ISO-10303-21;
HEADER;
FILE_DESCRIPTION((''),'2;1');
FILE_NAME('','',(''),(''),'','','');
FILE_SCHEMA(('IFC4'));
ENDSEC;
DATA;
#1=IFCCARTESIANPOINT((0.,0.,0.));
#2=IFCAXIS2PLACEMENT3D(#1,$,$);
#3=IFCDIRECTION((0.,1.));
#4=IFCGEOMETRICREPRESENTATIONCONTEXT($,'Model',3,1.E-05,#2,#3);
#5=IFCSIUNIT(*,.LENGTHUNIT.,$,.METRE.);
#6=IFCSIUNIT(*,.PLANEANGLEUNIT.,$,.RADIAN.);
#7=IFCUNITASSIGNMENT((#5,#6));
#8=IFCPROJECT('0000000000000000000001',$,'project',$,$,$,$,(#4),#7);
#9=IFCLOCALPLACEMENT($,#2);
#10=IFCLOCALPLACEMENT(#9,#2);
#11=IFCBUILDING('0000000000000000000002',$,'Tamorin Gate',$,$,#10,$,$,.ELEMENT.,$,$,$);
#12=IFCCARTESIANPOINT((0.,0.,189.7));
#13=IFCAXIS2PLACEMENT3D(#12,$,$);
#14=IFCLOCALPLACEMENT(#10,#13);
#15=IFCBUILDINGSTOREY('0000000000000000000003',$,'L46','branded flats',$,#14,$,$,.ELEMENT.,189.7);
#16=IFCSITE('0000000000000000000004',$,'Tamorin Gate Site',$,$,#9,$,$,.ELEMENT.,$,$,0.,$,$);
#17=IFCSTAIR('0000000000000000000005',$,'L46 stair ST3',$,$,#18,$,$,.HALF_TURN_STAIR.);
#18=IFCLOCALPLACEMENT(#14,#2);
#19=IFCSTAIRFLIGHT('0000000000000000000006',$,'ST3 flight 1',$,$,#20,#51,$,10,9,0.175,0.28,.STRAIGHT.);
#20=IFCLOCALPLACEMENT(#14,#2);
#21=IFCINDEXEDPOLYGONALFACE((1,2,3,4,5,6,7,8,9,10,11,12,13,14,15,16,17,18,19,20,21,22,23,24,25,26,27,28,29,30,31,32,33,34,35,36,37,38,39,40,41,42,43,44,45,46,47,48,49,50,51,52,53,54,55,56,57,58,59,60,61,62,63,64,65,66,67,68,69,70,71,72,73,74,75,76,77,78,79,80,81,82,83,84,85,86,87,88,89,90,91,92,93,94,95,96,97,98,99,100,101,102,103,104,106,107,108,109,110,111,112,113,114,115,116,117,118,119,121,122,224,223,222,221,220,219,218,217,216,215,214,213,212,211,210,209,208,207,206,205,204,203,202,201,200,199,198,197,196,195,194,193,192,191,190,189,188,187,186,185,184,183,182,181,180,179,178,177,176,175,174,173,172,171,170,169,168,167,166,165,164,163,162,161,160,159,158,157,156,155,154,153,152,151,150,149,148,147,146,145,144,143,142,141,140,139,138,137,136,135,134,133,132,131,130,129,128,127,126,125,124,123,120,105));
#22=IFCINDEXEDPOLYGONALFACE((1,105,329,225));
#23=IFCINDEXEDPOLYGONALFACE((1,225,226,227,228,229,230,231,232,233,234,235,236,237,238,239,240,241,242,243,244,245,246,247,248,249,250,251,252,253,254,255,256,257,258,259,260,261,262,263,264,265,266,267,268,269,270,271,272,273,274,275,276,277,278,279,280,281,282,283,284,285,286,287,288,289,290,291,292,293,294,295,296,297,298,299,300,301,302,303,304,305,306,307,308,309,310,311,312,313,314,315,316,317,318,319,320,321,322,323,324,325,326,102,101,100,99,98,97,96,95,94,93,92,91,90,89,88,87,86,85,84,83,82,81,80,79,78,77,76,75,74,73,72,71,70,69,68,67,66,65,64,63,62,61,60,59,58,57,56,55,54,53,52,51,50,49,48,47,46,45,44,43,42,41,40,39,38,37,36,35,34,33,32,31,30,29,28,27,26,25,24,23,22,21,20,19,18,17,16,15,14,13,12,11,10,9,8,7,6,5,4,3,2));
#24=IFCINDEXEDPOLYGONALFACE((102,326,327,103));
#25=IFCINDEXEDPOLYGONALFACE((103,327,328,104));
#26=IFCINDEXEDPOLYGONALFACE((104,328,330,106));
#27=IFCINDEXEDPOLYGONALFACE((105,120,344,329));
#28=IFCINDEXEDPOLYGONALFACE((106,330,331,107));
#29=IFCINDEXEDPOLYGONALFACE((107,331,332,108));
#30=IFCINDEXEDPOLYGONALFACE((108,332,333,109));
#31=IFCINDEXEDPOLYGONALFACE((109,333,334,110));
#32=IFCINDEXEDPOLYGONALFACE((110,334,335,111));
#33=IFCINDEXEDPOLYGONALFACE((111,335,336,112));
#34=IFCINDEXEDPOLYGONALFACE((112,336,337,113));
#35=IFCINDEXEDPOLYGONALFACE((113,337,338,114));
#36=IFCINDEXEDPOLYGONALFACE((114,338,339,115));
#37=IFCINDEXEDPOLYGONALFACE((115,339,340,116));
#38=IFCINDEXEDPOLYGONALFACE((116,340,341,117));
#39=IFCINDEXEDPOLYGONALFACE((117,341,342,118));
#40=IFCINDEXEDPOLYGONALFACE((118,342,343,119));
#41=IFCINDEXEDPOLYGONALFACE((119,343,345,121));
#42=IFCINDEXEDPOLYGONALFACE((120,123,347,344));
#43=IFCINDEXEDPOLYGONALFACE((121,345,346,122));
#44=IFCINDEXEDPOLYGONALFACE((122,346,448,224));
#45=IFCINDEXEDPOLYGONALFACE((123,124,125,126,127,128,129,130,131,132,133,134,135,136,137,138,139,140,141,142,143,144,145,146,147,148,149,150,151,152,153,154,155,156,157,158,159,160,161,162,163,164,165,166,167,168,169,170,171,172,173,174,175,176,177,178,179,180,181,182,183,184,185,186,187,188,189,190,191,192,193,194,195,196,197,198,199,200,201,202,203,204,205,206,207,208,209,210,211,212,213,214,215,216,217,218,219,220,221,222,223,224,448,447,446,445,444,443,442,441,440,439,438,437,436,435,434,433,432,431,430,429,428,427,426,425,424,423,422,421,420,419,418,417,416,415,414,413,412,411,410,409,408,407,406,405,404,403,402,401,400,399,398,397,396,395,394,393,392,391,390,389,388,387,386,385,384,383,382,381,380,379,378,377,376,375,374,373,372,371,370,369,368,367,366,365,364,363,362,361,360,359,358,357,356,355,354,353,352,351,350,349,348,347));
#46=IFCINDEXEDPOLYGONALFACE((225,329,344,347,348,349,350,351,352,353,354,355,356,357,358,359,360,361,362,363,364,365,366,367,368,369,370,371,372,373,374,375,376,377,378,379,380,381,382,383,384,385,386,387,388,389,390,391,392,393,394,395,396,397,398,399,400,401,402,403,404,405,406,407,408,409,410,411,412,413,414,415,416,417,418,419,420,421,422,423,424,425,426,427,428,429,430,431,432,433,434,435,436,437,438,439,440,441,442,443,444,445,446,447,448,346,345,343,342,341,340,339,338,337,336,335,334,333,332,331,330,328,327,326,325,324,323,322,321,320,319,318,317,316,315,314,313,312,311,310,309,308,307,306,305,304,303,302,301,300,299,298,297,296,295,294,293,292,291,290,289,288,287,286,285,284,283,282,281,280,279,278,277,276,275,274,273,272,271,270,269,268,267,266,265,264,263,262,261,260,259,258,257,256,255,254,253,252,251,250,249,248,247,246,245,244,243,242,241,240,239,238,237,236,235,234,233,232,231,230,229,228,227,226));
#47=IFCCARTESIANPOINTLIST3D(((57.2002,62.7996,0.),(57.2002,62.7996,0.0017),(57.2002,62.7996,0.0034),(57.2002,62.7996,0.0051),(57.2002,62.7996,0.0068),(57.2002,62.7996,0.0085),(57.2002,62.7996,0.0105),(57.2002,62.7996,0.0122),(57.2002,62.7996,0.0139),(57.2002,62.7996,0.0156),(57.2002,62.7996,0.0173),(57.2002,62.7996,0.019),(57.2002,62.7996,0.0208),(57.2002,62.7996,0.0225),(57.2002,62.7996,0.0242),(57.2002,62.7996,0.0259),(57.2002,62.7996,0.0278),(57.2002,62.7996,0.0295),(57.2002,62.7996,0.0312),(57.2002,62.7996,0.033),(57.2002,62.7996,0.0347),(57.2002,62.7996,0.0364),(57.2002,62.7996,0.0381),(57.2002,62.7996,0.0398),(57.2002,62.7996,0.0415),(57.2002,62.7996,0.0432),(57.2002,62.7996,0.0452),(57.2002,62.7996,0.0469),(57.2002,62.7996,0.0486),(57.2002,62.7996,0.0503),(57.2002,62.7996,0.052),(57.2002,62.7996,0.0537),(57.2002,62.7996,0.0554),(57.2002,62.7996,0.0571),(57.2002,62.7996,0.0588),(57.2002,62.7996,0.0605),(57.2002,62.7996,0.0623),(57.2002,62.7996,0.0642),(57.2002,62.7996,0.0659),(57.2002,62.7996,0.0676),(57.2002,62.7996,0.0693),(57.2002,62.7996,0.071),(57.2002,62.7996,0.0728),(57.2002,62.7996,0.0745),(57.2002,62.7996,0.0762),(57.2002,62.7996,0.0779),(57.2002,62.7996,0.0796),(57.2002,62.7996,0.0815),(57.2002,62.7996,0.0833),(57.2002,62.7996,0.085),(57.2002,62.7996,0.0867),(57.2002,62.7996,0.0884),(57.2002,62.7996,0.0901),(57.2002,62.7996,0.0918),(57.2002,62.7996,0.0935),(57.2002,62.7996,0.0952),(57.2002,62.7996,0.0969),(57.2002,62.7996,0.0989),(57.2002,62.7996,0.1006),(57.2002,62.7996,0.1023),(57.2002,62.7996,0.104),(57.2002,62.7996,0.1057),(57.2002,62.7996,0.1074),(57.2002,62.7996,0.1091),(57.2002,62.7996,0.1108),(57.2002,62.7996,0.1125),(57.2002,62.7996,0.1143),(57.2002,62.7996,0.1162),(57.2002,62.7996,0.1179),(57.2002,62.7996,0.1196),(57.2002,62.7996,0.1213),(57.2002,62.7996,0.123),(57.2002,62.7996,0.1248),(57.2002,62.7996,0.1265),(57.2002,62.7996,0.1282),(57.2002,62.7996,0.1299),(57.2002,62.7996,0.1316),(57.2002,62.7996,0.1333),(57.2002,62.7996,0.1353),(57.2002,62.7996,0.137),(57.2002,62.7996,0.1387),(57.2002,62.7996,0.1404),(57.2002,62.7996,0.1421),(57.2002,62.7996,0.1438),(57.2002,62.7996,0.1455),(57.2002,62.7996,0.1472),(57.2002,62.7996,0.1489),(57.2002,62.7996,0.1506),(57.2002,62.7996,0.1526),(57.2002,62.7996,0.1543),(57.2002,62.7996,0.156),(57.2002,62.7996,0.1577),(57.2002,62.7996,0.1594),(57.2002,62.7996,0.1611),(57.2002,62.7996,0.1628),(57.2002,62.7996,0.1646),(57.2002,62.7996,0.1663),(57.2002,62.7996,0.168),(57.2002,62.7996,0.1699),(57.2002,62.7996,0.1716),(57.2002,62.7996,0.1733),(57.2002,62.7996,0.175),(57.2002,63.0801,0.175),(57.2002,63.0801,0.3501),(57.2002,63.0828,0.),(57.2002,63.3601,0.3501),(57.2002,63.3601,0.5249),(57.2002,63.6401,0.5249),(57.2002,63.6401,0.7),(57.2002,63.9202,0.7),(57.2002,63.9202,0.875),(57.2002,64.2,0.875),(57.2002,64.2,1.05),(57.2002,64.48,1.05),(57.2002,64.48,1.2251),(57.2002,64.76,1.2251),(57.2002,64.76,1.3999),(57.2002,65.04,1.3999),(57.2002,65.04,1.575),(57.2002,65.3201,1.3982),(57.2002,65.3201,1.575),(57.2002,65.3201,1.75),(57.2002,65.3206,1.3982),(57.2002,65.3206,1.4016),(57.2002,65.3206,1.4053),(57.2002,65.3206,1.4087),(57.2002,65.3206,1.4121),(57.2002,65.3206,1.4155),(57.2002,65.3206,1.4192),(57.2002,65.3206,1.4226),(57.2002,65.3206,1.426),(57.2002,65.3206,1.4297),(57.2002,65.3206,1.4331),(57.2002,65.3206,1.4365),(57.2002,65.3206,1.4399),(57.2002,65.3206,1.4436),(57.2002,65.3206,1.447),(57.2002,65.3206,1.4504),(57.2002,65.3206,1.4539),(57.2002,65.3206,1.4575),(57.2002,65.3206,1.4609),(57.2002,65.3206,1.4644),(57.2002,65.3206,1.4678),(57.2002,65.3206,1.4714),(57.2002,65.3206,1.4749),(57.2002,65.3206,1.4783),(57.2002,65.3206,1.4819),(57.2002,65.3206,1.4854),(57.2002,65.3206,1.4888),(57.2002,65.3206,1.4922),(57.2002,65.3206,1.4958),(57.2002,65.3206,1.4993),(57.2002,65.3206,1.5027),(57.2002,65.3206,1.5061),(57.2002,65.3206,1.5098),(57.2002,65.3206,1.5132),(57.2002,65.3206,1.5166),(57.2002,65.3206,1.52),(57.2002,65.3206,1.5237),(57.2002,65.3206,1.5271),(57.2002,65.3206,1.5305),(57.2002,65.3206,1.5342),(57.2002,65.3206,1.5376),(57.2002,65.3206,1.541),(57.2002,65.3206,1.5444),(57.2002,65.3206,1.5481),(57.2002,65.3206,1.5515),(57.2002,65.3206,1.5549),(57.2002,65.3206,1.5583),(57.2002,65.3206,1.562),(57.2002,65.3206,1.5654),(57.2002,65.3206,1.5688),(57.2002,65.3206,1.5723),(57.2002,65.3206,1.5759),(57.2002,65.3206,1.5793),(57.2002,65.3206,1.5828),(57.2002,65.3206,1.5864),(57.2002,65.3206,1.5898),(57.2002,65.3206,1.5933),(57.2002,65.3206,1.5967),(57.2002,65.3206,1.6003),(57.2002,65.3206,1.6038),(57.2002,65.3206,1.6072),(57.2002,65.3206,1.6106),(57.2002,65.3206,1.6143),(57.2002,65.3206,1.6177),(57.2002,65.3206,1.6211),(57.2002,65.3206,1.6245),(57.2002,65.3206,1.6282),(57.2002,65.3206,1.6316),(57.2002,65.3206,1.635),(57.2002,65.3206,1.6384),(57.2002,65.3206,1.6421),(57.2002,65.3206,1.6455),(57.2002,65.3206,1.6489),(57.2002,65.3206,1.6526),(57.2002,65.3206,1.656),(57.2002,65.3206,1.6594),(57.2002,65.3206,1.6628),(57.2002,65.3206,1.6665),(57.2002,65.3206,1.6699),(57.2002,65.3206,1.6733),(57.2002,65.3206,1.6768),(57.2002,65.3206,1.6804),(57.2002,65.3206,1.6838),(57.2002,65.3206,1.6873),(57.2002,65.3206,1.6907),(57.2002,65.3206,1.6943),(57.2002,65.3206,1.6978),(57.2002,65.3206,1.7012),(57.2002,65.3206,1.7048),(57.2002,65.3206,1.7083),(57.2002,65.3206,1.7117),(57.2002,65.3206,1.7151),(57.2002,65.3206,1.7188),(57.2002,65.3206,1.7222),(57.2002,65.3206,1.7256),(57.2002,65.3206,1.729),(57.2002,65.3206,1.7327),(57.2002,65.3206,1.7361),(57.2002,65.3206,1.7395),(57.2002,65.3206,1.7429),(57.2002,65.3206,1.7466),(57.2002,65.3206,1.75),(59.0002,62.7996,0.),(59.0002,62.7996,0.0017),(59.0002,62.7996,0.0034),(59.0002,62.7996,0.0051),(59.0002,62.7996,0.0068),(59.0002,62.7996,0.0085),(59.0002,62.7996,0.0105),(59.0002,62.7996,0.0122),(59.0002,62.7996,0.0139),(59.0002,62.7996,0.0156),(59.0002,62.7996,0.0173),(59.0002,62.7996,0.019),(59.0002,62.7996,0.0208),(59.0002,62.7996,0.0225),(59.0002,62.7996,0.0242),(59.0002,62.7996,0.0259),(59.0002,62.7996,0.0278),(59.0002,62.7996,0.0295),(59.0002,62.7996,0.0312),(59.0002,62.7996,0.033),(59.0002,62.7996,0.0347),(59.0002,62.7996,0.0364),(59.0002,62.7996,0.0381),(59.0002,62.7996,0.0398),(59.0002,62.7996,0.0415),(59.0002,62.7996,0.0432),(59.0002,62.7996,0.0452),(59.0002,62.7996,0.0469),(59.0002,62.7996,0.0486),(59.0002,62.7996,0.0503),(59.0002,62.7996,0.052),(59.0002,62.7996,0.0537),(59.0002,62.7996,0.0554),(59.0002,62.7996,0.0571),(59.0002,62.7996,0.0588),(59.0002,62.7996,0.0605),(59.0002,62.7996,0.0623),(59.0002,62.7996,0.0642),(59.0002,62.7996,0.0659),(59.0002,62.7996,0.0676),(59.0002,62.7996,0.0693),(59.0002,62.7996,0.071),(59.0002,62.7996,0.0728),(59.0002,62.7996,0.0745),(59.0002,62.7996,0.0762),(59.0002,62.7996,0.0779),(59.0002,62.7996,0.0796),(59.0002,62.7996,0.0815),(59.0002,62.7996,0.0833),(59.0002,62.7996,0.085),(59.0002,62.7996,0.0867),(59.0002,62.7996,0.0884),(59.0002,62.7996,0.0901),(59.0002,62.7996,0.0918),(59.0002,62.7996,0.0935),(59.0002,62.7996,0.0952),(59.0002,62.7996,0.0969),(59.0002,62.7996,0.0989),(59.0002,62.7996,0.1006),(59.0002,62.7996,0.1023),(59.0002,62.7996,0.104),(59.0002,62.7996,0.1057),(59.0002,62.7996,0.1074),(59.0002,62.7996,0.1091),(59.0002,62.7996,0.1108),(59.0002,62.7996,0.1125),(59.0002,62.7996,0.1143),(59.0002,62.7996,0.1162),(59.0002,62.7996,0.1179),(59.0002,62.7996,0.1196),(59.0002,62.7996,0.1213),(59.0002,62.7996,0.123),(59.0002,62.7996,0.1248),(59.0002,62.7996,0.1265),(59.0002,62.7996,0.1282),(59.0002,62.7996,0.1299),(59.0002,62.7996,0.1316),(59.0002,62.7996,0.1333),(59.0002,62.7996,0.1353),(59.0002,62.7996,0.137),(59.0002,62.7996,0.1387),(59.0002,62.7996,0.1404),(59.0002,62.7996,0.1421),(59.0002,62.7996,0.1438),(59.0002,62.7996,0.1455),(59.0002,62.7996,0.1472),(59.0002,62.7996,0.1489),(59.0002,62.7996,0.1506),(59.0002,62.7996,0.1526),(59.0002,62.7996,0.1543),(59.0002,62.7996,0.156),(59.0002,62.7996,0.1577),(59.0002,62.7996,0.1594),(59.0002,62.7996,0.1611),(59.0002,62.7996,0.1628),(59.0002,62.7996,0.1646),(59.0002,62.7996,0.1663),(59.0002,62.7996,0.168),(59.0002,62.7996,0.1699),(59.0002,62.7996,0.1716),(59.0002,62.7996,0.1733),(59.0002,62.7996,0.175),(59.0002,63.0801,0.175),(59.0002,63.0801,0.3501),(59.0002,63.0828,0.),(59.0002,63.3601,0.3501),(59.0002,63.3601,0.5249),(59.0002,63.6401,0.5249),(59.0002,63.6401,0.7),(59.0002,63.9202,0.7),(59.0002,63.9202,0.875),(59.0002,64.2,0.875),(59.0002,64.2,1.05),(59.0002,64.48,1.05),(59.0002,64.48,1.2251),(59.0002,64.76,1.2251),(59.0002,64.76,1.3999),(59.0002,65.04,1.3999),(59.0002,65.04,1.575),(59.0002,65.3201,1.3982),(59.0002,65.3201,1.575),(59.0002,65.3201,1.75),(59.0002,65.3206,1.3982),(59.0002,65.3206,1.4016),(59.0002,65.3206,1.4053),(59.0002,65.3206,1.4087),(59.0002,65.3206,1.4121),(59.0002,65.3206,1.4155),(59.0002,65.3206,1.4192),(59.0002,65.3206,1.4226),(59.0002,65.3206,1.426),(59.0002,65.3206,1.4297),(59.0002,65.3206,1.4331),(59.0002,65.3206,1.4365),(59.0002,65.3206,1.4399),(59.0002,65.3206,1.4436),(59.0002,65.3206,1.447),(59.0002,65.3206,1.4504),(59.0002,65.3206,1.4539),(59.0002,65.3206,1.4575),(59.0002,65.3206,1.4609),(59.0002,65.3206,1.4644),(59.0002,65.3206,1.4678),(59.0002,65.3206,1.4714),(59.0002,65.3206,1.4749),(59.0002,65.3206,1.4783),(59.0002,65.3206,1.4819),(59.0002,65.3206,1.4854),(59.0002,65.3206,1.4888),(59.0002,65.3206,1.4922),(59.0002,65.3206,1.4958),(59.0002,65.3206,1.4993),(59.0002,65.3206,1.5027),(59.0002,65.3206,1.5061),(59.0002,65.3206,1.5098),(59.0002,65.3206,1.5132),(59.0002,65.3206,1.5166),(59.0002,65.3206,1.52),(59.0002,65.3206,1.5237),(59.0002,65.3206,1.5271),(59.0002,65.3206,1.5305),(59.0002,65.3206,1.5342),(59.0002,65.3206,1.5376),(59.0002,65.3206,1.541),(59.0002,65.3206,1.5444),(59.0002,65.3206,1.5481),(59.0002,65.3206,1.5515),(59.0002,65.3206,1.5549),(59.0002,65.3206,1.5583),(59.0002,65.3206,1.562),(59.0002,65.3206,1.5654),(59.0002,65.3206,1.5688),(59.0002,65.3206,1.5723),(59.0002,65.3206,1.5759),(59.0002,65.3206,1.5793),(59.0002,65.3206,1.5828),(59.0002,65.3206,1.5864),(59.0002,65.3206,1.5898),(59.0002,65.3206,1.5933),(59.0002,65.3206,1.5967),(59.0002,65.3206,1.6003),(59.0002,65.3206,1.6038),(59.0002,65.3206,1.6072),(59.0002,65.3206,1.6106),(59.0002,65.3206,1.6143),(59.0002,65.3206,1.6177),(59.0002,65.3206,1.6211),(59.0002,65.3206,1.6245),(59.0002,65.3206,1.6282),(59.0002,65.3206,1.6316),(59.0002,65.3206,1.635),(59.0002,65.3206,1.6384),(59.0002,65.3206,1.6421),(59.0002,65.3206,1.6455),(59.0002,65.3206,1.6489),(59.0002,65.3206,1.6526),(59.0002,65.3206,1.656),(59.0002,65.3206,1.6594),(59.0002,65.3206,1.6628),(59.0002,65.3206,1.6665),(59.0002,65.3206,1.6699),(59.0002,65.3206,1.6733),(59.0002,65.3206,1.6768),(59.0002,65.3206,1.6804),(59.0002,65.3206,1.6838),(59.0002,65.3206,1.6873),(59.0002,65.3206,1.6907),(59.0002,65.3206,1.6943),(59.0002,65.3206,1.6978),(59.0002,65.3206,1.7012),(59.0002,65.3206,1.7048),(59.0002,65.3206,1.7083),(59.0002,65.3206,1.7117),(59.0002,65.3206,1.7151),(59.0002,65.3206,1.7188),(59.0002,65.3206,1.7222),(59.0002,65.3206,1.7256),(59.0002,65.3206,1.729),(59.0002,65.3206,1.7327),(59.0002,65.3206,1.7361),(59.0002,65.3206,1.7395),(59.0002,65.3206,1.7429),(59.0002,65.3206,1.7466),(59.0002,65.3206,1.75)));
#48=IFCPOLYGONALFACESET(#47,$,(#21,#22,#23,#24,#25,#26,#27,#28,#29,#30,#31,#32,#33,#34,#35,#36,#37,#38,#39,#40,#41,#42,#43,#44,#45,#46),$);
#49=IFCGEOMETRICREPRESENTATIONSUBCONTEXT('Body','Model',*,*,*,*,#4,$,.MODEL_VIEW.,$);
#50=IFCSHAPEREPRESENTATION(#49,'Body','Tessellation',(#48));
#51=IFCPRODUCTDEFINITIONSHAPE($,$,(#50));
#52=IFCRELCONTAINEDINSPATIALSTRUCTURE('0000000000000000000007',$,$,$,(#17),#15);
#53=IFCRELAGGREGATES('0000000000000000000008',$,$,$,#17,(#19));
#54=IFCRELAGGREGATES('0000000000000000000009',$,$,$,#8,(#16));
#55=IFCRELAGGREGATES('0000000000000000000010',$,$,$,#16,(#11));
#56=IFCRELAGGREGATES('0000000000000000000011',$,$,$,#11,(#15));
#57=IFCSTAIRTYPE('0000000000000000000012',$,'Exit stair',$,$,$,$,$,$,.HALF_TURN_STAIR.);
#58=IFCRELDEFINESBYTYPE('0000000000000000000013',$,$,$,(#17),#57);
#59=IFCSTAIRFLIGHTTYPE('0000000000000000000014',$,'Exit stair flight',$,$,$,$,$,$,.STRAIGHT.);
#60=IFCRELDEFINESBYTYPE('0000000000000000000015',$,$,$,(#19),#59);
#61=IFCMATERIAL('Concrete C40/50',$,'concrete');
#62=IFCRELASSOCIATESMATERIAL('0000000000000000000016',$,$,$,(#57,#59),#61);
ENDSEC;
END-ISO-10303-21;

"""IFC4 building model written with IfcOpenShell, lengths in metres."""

from ifc_helpers import new_model, si_unit, direction, frame, origin, place, context, subcontext, project, spatial, polyline, outline, extrude, material, type_object, element, aggregate, save


model = new_model("IFC4")

# Units and contexts
model_context = context("Model", 3, precision=1e-05, world=origin(), true_north=direction((0.0, 1.0)))
body_context = subcontext(model_context, "Body", "Model", "MODEL_VIEW")
ifc_project = project(units=[si_unit("LENGTHUNIT", "METRE"), si_unit("PLANEANGLEUNIT", "RADIAN")], contexts=[model_context])

# Site, building, storey
site_placement = place(None, origin())
site = spatial("IfcSite", under=ifc_project, at=site_placement, Name="Tamorin Gate Site", CompositionType="ELEMENT", RefElevation=0.0)
building_placement = place(site_placement, origin())
building = spatial("IfcBuilding", under=site, at=building_placement, Name="Tamorin Gate", CompositionType="ELEMENT")
storey_placement = place(building_placement, frame((0.0, 0.0, 189.7)))
storey = spatial("IfcBuildingStorey", under=building, at=storey_placement, Name="L46", Description="branded flats", CompositionType="ELEMENT", Elevation=189.7)

# Stair, stair flight
ifc_material_1 = material(Name="Concrete C40/50", Category="concrete")
stair_type = type_object("IfcStairType", Name="Exit stair", PredefinedType="HALF_TURN_STAIR", material=ifc_material_1)
stair_placement = place(storey_placement, origin())
stair = element("IfcStair", 1, at=stair_placement, inside=storey, type_object=stair_type, Name="L46 stair ST3", PredefinedType="HALF_TURN_STAIR")
stair_flight_type = type_object("IfcStairFlightType", Name="Exit stair flight", PredefinedType="STRAIGHT", material=ifc_material_1)
stair_flight_1_placement = place(storey_placement, frame((58.1001, 62.8, 0.0), z_axis=(0.0, 0.0, 1.0), x_axis=(0.0, 1.0, 0.0)))
stair_flight_1 = element("IfcStairFlight", 2, at=stair_flight_1_placement, type_object=stair_flight_type, Name="ST3 flight 1", NumberOfRisers=10, NumberOfTreads=9, PredefinedType="STRAIGHT", RiserHeight=0.175, TreadLength=0.28, context=body_context, shape_type="SweptSolid", body=[
    extrude(outline(polyline([(-0.0005, 0.0), (-0.0005, 0.0017), (-0.0005, 0.0034), (-0.0005, 0.0051), (-0.0005, 0.0068), (-0.0005, 0.0085), (-0.0005, 0.0105), (-0.0005, 0.0122), (-0.0005, 0.0139), (-0.0005, 0.0156), (-0.0005, 0.0173), (-0.0005, 0.019), (-0.0005, 0.0208), (-0.0005, 0.0225), (-0.0005, 0.0242), (-0.0005, 0.0259), (-0.0005, 0.0278), (-0.0005, 0.0295), (-0.0005, 0.0312), (-0.0005, 0.033), (-0.0005, 0.0347), (-0.0005, 0.0364), (-0.0005, 0.0381), (-0.0005, 0.0398), (-0.0005, 0.0415), (-0.0005, 0.0432), (-0.0005, 0.0452), (-0.0005, 0.0469), (-0.0005, 0.0486), (-0.0005, 0.0503), (-0.0005, 0.052), (-0.0005, 0.0537), (-0.0005, 0.0554), (-0.0005, 0.0571), (-0.0005, 0.0588), (-0.0005, 0.0605), (-0.0005, 0.0623), (-0.0005, 0.0642), (-0.0005, 0.0659), (-0.0005, 0.0676), (-0.0005, 0.0693), (-0.0005, 0.071), (-0.0005, 0.0728), (-0.0005, 0.0745), (-0.0005, 0.0762), (-0.0005, 0.0779), (-0.0005, 0.0796), (-0.0005, 0.0815), (-0.0005, 0.0833), (-0.0005, 0.085), (-0.0005, 0.0867), (-0.0005, 0.0884), (-0.0005, 0.0901), (-0.0005, 0.0918), (-0.0005, 0.0935), (-0.0005, 0.0952), (-0.0005, 0.0969), (-0.0005, 0.0989), (-0.0005, 0.1006), (-0.0005, 0.1023), (-0.0005, 0.104), (-0.0005, 0.1057), (-0.0005, 0.1074), (-0.0005, 0.1091), (-0.0005, 0.1108), (-0.0005, 0.1125), (-0.0005, 0.1143), (-0.0005, 0.1162), (-0.0005, 0.1179), (-0.0005, 0.1196), (-0.0005, 0.1213), (-0.0005, 0.123), (-0.0005, 0.1248), (-0.0005, 0.1265), (-0.0005, 0.1282), (-0.0005, 0.1299), (-0.0005, 0.1316), (-0.0005, 0.1333), (-0.0005, 0.1353), (-0.0005, 0.137), (-0.0005, 0.1387), (-0.0005, 0.1404), (-0.0005, 0.1421), (-0.0005, 0.1438), (-0.0005, 0.1455), (-0.0005, 0.1472), (-0.0005, 0.1489), (-0.0005, 0.1506), (-0.0005, 0.1526), (-0.0005, 0.1543), (-0.0005, 0.156), (-0.0005, 0.1577), (-0.0005, 0.1594), (-0.0005, 0.1611), (-0.0005, 0.1628), (-0.0005, 0.1646), (-0.0005, 0.1663), (-0.0005, 0.168), (-0.0005, 0.1699), (-0.0005, 0.1716), (-0.0005, 0.1733), (-0.0005, 0.175), (0.28, 0.175), (0.28, 0.3501), (0.5601, 0.3501), (0.5601, 0.5249), (0.8401, 0.5249), (0.8401, 0.7), (1.1201, 0.7), (1.1201, 0.875), (1.3999, 0.875), (1.3999, 1.05), (1.6799, 1.05), (1.6799, 1.2251), (1.96, 1.2251), (1.96, 1.3999), (2.24, 1.3999), (2.24, 1.575), (2.52, 1.575), (2.52, 1.75), (2.5205, 1.75), (2.5205, 1.7466), (2.5205, 1.7429), (2.5205, 1.7395), (2.5205, 1.7361), (2.5205, 1.7327), (2.5205, 1.729), (2.5205, 1.7256), (2.5205, 1.7222), (2.5205, 1.7188), (2.5205, 1.7151), (2.5205, 1.7117), (2.5205, 1.7083), (2.5205, 1.7048), (2.5205, 1.7012), (2.5205, 1.6978), (2.5205, 1.6943), (2.5205, 1.6907), (2.5205, 1.6873), (2.5205, 1.6838), (2.5205, 1.6804), (2.5205, 1.6768), (2.5205, 1.6733), (2.5205, 1.6699), (2.5205, 1.6665), (2.5205, 1.6628), (2.5205, 1.6594), (2.5205, 1.656), (2.5205, 1.6526), (2.5205, 1.6489), (2.5205, 1.6455), (2.5205, 1.6421), (2.5205, 1.6384), (2.5205, 1.635), (2.5205, 1.6316), (2.5205, 1.6282), (2.5205, 1.6245), (2.5205, 1.6211), (2.5205, 1.6177), (2.5205, 1.6143), (2.5205, 1.6106), (2.5205, 1.6072), (2.5205, 1.6038), (2.5205, 1.6003), (2.5205, 1.5967), (2.5205, 1.5933), (2.5205, 1.5898), (2.5205, 1.5864), (2.5205, 1.5828), (2.5205, 1.5793), (2.5205, 1.5759), (2.5205, 1.5723), (2.5205, 1.5688), (2.5205, 1.5654), (2.5205, 1.562), (2.5205, 1.5583), (2.5205, 1.5549), (2.5205, 1.5515), (2.5205, 1.5481), (2.5205, 1.5444), (2.5205, 1.541), (2.5205, 1.5376), (2.5205, 1.5342), (2.5205, 1.5305), (2.5205, 1.5271), (2.5205, 1.5237), (2.5205, 1.52), (2.5205, 1.5166), (2.5205, 1.5132), (2.5205, 1.5098), (2.5205, 1.5061), (2.5205, 1.5027), (2.5205, 1.4993), (2.5205, 1.4958), (2.5205, 1.4922), (2.5205, 1.4888), (2.5205, 1.4854), (2.5205, 1.4819), (2.5205, 1.4783), (2.5205, 1.4749), (2.5205, 1.4714), (2.5205, 1.4678), (2.5205, 1.4644), (2.5205, 1.4609), (2.5205, 1.4575), (2.5205, 1.4539), (2.5205, 1.4504), (2.5205, 1.447), (2.5205, 1.4436), (2.5205, 1.4399), (2.5205, 1.4365), (2.5205, 1.4331), (2.5205, 1.4297), (2.5205, 1.426), (2.5205, 1.4226), (2.5205, 1.4192), (2.5205, 1.4155), (2.5205, 1.4121), (2.5205, 1.4087), (2.5205, 1.4053), (2.5205, 1.4016), (2.5205, 1.3982), (2.52, 1.3982), (0.2827, 0.0), (-0.0005, 0.0)])), frame((0.0, 0.8999, 0.0), z_axis=(0.0, -1.0, 0.0), x_axis=(1.0, 0.0, 0.0)), (0.0, 0.0, 1.0), 1.8),
])
aggregate(stair, [stair_flight_1])

save(model, "model.ifc")
